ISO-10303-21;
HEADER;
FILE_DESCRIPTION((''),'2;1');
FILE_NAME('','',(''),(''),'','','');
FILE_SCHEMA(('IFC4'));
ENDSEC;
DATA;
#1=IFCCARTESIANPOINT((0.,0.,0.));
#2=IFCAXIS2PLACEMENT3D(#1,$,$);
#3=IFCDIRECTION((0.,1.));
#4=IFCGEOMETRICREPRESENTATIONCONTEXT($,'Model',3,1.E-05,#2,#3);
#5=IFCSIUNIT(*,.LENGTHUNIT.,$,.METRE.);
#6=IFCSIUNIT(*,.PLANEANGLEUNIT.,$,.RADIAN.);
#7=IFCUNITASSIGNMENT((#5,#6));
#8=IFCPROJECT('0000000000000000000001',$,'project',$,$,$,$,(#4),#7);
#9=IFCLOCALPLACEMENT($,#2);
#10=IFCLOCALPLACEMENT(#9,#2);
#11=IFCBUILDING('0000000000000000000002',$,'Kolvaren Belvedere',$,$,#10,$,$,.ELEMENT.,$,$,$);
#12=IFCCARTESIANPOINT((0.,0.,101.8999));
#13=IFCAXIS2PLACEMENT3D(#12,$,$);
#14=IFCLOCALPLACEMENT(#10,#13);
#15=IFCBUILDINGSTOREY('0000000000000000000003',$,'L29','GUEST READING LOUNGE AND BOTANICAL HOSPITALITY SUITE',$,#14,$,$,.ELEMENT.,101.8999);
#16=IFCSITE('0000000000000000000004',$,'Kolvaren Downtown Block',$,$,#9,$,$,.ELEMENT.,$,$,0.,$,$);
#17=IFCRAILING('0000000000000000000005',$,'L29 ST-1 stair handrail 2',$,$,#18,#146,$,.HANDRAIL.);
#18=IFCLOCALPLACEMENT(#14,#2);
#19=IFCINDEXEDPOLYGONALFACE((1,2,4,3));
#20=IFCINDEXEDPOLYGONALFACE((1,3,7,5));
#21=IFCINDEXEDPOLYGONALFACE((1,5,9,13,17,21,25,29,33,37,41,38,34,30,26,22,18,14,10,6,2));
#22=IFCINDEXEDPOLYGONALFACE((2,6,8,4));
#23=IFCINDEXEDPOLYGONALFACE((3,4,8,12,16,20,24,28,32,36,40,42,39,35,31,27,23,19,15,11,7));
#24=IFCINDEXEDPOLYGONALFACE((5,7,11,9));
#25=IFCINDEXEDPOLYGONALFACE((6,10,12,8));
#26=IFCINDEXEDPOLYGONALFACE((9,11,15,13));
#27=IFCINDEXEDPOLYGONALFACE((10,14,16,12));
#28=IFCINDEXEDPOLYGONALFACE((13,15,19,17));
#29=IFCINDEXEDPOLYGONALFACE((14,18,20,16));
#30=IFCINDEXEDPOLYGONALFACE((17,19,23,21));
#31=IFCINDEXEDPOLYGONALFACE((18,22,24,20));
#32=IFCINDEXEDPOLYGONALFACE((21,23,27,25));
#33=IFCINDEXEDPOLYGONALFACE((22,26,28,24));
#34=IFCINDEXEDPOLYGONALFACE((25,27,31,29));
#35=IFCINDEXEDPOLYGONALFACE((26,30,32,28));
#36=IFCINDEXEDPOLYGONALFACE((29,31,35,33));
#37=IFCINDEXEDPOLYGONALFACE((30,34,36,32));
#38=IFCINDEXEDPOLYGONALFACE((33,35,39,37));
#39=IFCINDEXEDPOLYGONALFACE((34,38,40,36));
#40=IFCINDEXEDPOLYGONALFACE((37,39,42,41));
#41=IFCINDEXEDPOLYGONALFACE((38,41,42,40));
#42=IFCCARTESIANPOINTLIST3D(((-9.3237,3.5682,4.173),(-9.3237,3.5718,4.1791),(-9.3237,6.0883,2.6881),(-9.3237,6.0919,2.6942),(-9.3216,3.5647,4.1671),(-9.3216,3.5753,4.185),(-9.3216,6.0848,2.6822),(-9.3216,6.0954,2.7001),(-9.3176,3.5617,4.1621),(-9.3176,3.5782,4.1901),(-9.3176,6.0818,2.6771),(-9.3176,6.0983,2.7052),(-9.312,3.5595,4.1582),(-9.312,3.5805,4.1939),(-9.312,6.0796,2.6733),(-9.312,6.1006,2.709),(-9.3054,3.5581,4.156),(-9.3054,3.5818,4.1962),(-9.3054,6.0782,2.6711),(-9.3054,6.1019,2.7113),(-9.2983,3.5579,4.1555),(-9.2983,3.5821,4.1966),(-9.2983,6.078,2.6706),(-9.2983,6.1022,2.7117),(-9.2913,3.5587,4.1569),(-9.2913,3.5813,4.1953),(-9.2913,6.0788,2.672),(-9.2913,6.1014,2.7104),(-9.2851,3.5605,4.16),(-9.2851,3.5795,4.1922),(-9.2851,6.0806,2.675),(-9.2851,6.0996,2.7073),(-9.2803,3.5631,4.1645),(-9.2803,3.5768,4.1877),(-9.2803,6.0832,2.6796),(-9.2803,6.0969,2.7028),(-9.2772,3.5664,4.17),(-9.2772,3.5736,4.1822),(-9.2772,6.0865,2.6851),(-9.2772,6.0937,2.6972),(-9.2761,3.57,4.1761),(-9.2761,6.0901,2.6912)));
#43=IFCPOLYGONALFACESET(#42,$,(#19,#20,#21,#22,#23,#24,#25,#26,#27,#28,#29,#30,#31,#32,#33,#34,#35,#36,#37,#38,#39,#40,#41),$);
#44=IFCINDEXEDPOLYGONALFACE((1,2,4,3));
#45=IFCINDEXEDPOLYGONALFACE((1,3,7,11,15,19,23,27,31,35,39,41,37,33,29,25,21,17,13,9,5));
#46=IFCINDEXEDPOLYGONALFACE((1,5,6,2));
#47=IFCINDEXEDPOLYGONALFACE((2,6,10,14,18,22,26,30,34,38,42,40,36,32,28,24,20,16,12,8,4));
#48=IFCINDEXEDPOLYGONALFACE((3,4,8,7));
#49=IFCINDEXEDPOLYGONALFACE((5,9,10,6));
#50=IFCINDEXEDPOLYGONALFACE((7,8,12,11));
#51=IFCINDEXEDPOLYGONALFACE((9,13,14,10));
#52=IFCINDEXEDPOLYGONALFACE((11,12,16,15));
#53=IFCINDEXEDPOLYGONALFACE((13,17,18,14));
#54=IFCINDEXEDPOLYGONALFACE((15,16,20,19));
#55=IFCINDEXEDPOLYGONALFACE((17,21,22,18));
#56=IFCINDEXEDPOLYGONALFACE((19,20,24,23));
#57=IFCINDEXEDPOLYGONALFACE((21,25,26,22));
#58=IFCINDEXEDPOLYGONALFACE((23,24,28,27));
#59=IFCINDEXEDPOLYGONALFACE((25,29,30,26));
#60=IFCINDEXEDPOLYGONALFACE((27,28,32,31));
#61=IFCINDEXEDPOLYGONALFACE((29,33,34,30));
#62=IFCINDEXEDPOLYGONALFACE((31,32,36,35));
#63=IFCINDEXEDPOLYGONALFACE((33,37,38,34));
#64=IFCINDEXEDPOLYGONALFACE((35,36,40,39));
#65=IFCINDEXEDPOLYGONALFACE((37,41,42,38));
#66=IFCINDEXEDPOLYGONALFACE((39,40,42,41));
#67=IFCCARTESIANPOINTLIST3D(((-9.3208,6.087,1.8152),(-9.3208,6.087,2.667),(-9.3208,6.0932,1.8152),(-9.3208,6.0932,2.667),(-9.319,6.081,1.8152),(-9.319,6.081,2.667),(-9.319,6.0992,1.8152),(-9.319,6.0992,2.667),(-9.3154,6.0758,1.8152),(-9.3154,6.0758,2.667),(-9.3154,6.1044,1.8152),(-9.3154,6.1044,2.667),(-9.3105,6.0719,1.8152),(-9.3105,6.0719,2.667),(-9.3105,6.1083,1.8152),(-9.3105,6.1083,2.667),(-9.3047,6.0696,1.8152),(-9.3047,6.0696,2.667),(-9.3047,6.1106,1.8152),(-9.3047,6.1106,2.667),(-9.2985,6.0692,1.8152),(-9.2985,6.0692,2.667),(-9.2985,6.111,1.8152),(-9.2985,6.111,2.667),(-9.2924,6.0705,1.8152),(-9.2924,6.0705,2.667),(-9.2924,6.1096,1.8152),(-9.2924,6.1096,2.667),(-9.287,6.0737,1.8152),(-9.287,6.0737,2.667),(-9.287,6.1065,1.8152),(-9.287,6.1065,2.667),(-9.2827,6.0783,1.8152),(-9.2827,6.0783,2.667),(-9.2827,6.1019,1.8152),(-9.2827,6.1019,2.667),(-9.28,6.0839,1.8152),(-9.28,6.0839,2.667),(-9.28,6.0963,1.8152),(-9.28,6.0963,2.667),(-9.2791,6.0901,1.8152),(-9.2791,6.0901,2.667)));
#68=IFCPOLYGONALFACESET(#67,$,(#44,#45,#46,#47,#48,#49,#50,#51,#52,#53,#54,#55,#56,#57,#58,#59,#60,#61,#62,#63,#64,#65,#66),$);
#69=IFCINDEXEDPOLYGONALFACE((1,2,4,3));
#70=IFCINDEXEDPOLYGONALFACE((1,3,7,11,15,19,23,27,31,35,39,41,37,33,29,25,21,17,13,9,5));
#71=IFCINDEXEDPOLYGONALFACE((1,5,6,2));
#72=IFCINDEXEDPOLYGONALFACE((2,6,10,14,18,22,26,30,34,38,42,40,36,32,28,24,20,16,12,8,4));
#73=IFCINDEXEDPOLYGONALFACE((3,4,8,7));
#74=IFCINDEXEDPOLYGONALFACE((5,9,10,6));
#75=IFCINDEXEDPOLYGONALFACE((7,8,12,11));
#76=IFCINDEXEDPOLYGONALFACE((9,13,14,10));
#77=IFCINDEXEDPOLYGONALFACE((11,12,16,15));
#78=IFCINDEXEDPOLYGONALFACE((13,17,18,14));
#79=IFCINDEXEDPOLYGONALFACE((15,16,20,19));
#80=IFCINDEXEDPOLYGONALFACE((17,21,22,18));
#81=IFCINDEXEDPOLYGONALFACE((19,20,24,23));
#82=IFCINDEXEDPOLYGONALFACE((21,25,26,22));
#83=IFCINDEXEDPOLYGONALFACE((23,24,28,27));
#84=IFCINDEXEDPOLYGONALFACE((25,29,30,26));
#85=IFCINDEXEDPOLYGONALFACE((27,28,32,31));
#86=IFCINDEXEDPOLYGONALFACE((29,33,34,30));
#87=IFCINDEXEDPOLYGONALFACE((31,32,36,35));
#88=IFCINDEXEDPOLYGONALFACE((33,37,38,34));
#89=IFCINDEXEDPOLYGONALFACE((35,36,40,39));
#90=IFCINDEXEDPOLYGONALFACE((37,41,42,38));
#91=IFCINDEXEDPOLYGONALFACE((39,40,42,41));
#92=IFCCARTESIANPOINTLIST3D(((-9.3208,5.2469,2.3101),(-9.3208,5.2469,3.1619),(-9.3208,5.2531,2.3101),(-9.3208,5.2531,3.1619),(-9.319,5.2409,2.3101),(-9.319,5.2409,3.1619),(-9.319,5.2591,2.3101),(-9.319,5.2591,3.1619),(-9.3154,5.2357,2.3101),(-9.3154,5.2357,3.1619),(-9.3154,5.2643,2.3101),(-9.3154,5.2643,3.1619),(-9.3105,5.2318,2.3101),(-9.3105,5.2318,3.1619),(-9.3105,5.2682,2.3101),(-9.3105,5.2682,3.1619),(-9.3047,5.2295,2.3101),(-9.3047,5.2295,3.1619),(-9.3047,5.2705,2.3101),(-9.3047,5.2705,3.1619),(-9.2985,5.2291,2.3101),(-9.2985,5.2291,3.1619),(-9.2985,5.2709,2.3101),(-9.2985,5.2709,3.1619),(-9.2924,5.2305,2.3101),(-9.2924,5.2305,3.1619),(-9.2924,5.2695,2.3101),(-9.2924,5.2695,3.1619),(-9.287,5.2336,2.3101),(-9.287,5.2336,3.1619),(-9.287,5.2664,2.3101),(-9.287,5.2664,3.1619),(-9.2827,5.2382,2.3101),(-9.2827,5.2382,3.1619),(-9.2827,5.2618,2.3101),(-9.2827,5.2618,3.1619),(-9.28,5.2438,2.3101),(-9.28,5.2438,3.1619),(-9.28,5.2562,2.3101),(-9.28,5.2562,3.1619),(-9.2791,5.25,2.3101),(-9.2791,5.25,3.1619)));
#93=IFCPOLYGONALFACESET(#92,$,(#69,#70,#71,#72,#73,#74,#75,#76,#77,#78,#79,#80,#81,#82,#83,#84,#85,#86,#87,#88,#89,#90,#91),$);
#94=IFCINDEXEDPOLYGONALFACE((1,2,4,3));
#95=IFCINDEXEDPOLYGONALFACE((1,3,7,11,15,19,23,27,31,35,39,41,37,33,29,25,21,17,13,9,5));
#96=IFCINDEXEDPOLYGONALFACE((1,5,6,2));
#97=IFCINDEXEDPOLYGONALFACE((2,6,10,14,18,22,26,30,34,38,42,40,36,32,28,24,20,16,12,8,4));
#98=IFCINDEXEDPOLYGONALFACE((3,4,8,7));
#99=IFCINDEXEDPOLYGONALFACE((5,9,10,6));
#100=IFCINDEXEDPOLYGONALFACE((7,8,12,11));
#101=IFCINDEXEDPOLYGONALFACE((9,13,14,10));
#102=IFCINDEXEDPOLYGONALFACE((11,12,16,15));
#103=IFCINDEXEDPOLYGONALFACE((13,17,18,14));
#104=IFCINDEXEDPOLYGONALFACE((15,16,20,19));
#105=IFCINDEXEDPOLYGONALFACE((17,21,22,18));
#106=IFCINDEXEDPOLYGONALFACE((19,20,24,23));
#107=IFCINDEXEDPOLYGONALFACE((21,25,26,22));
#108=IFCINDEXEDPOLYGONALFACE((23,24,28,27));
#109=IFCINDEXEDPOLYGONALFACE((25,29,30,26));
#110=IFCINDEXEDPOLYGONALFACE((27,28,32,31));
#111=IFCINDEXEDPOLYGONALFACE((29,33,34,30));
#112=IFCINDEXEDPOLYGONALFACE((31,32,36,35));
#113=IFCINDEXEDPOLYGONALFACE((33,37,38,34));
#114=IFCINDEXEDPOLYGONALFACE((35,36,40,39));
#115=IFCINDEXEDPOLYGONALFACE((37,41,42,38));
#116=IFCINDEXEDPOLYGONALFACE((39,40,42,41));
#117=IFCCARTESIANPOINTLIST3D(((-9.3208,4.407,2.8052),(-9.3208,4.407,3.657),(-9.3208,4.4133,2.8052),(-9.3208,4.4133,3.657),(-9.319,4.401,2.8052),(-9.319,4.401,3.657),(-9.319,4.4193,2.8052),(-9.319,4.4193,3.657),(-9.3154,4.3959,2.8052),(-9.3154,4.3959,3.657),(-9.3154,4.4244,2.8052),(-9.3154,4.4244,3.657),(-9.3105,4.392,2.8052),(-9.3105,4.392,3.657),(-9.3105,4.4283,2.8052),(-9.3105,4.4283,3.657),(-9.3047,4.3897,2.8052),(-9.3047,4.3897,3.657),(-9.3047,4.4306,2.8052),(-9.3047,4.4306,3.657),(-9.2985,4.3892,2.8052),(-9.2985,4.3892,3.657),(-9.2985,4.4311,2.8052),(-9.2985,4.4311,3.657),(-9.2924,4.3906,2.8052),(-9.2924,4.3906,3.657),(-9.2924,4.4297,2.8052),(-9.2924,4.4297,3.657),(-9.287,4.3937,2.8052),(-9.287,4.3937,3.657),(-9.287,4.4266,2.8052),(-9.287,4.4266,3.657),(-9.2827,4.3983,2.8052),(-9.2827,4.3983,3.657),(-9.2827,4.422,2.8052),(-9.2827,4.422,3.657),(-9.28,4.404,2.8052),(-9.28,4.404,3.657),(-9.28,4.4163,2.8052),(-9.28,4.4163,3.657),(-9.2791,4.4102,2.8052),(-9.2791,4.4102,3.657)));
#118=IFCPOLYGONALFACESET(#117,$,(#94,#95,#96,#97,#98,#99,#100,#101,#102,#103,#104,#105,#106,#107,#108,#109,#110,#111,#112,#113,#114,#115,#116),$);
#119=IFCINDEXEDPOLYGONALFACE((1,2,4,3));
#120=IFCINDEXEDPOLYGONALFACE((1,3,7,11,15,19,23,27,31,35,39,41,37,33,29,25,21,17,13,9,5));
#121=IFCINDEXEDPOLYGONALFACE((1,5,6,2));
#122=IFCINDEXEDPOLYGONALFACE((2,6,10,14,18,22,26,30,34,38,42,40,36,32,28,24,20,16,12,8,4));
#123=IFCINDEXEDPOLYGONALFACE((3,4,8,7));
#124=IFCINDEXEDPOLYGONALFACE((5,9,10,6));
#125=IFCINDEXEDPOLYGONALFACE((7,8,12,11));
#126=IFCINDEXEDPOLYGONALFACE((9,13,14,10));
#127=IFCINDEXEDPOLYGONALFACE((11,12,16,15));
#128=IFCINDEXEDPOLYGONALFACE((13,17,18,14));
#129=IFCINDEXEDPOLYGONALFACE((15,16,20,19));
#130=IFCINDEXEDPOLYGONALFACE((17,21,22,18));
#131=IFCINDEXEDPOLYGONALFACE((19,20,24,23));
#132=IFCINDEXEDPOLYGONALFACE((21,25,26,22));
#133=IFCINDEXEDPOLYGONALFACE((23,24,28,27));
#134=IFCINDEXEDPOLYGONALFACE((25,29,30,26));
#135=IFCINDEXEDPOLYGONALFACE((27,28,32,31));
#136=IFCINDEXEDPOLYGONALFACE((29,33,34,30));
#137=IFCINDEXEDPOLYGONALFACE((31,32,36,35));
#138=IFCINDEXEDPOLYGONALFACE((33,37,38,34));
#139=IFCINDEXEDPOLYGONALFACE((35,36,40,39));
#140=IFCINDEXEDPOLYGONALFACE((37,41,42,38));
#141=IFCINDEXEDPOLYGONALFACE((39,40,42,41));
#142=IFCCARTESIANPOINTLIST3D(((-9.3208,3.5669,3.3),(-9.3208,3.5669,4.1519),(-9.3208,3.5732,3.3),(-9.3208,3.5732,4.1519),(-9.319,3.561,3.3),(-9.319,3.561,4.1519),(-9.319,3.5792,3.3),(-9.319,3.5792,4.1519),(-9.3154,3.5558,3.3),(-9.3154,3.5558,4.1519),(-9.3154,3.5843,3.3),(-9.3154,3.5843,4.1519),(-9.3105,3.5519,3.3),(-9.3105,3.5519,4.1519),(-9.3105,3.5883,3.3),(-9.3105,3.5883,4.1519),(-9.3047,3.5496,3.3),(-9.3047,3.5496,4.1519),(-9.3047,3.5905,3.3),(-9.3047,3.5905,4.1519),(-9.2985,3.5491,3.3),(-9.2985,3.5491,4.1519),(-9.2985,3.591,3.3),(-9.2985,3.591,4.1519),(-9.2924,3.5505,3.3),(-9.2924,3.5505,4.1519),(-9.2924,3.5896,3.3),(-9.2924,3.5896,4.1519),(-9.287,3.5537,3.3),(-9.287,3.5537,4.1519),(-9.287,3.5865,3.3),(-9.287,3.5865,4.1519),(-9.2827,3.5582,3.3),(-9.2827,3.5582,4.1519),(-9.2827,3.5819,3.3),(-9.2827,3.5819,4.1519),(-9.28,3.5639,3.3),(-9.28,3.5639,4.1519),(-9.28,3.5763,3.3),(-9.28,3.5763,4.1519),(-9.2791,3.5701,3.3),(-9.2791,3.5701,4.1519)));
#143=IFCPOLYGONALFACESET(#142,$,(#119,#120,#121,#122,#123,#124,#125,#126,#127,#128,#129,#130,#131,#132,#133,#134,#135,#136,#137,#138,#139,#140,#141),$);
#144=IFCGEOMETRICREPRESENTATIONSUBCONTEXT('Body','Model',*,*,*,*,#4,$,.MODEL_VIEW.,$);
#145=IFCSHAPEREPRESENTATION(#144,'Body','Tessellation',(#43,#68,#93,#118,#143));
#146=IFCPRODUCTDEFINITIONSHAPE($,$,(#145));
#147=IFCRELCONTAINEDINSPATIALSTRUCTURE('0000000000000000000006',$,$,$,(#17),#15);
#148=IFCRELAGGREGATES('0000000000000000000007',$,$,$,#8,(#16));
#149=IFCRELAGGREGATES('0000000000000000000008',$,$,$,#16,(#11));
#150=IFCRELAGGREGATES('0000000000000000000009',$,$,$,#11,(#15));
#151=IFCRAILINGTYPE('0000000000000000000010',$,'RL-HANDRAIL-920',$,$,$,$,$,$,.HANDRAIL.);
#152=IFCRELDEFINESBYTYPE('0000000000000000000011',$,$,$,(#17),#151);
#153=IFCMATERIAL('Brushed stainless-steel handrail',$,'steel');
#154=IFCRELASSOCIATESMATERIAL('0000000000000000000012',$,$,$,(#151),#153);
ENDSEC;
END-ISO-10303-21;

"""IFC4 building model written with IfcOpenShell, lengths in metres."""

from ifc_helpers import new_model, si_unit, direction, frame, origin, origin_2d, place, context, subcontext, project, spatial, circle, extrude, material, type_object, element, save


model = new_model("IFC4")

# Units and contexts
model_context = context("Model", 3, precision=1e-05, world=origin(), true_north=direction((0.0, 1.0)))
body_context = subcontext(model_context, "Body", "Model", "MODEL_VIEW")
ifc_project = project(units=[si_unit("LENGTHUNIT", "METRE"), si_unit("PLANEANGLEUNIT", "RADIAN")], contexts=[model_context])

# Site, building, storey
site_placement = place(None, origin())
site = spatial("IfcSite", under=ifc_project, at=site_placement, Name="Kolvaren Downtown Block", CompositionType="ELEMENT", RefElevation=0.0)
building_placement = place(site_placement, origin())
building = spatial("IfcBuilding", under=site, at=building_placement, Name="Kolvaren Belvedere", CompositionType="ELEMENT")
storey_placement = place(building_placement, frame((0.0, 0.0, 101.8999)))
storey = spatial("IfcBuildingStorey", under=building, at=storey_placement, Name="L29", Description="GUEST READING LOUNGE AND BOTANICAL HOSPITALITY SUITE", CompositionType="ELEMENT", Elevation=101.8999)

# Railing
ifc_material_1 = material(Name="Brushed stainless-steel handrail", Category="steel")
railing_type_1 = type_object("IfcRailingType", Name="RL-HANDRAIL-920", PredefinedType="HANDRAIL", material=ifc_material_1)
railing_1_placement = place(storey_placement, frame((-9.3, 6.0901, 1.8152)))
element("IfcRailing", 1, at=railing_1_placement, inside=storey, type_object=railing_type_1, Name="L29 ST-1 stair handrail 2", PredefinedType="HANDRAIL", context=body_context, shape_type="SweptSolid", body=[
    extrude(circle(Radius=0.0239, at=origin_2d()), frame((0.0, 0.0, 0.876), z_axis=(0.0, -0.861561, 0.507655), x_axis=(1.0, 0.0, 0.0)), (0.0, 0.0, 1.0), 2.925),
    extrude(circle(Radius=0.021, at=origin_2d()), origin(), (0.0, 0.0, 1.0), 0.8518),
    extrude(circle(Radius=0.021, at=origin_2d()), frame((0.0, -0.8401, 0.4949)), (0.0, 0.0, 1.0), 0.8518),
    extrude(circle(Radius=0.021, at=origin_2d()), frame((0.0, -1.6799, 0.99)), (0.0, 0.0, 1.0), 0.8518),
    extrude(circle(Radius=0.021, at=origin_2d()), frame((0.0, -2.52, 1.4849)), (0.0, 0.0, 1.0), 0.8518),
])

save(model, "model.ifc")
